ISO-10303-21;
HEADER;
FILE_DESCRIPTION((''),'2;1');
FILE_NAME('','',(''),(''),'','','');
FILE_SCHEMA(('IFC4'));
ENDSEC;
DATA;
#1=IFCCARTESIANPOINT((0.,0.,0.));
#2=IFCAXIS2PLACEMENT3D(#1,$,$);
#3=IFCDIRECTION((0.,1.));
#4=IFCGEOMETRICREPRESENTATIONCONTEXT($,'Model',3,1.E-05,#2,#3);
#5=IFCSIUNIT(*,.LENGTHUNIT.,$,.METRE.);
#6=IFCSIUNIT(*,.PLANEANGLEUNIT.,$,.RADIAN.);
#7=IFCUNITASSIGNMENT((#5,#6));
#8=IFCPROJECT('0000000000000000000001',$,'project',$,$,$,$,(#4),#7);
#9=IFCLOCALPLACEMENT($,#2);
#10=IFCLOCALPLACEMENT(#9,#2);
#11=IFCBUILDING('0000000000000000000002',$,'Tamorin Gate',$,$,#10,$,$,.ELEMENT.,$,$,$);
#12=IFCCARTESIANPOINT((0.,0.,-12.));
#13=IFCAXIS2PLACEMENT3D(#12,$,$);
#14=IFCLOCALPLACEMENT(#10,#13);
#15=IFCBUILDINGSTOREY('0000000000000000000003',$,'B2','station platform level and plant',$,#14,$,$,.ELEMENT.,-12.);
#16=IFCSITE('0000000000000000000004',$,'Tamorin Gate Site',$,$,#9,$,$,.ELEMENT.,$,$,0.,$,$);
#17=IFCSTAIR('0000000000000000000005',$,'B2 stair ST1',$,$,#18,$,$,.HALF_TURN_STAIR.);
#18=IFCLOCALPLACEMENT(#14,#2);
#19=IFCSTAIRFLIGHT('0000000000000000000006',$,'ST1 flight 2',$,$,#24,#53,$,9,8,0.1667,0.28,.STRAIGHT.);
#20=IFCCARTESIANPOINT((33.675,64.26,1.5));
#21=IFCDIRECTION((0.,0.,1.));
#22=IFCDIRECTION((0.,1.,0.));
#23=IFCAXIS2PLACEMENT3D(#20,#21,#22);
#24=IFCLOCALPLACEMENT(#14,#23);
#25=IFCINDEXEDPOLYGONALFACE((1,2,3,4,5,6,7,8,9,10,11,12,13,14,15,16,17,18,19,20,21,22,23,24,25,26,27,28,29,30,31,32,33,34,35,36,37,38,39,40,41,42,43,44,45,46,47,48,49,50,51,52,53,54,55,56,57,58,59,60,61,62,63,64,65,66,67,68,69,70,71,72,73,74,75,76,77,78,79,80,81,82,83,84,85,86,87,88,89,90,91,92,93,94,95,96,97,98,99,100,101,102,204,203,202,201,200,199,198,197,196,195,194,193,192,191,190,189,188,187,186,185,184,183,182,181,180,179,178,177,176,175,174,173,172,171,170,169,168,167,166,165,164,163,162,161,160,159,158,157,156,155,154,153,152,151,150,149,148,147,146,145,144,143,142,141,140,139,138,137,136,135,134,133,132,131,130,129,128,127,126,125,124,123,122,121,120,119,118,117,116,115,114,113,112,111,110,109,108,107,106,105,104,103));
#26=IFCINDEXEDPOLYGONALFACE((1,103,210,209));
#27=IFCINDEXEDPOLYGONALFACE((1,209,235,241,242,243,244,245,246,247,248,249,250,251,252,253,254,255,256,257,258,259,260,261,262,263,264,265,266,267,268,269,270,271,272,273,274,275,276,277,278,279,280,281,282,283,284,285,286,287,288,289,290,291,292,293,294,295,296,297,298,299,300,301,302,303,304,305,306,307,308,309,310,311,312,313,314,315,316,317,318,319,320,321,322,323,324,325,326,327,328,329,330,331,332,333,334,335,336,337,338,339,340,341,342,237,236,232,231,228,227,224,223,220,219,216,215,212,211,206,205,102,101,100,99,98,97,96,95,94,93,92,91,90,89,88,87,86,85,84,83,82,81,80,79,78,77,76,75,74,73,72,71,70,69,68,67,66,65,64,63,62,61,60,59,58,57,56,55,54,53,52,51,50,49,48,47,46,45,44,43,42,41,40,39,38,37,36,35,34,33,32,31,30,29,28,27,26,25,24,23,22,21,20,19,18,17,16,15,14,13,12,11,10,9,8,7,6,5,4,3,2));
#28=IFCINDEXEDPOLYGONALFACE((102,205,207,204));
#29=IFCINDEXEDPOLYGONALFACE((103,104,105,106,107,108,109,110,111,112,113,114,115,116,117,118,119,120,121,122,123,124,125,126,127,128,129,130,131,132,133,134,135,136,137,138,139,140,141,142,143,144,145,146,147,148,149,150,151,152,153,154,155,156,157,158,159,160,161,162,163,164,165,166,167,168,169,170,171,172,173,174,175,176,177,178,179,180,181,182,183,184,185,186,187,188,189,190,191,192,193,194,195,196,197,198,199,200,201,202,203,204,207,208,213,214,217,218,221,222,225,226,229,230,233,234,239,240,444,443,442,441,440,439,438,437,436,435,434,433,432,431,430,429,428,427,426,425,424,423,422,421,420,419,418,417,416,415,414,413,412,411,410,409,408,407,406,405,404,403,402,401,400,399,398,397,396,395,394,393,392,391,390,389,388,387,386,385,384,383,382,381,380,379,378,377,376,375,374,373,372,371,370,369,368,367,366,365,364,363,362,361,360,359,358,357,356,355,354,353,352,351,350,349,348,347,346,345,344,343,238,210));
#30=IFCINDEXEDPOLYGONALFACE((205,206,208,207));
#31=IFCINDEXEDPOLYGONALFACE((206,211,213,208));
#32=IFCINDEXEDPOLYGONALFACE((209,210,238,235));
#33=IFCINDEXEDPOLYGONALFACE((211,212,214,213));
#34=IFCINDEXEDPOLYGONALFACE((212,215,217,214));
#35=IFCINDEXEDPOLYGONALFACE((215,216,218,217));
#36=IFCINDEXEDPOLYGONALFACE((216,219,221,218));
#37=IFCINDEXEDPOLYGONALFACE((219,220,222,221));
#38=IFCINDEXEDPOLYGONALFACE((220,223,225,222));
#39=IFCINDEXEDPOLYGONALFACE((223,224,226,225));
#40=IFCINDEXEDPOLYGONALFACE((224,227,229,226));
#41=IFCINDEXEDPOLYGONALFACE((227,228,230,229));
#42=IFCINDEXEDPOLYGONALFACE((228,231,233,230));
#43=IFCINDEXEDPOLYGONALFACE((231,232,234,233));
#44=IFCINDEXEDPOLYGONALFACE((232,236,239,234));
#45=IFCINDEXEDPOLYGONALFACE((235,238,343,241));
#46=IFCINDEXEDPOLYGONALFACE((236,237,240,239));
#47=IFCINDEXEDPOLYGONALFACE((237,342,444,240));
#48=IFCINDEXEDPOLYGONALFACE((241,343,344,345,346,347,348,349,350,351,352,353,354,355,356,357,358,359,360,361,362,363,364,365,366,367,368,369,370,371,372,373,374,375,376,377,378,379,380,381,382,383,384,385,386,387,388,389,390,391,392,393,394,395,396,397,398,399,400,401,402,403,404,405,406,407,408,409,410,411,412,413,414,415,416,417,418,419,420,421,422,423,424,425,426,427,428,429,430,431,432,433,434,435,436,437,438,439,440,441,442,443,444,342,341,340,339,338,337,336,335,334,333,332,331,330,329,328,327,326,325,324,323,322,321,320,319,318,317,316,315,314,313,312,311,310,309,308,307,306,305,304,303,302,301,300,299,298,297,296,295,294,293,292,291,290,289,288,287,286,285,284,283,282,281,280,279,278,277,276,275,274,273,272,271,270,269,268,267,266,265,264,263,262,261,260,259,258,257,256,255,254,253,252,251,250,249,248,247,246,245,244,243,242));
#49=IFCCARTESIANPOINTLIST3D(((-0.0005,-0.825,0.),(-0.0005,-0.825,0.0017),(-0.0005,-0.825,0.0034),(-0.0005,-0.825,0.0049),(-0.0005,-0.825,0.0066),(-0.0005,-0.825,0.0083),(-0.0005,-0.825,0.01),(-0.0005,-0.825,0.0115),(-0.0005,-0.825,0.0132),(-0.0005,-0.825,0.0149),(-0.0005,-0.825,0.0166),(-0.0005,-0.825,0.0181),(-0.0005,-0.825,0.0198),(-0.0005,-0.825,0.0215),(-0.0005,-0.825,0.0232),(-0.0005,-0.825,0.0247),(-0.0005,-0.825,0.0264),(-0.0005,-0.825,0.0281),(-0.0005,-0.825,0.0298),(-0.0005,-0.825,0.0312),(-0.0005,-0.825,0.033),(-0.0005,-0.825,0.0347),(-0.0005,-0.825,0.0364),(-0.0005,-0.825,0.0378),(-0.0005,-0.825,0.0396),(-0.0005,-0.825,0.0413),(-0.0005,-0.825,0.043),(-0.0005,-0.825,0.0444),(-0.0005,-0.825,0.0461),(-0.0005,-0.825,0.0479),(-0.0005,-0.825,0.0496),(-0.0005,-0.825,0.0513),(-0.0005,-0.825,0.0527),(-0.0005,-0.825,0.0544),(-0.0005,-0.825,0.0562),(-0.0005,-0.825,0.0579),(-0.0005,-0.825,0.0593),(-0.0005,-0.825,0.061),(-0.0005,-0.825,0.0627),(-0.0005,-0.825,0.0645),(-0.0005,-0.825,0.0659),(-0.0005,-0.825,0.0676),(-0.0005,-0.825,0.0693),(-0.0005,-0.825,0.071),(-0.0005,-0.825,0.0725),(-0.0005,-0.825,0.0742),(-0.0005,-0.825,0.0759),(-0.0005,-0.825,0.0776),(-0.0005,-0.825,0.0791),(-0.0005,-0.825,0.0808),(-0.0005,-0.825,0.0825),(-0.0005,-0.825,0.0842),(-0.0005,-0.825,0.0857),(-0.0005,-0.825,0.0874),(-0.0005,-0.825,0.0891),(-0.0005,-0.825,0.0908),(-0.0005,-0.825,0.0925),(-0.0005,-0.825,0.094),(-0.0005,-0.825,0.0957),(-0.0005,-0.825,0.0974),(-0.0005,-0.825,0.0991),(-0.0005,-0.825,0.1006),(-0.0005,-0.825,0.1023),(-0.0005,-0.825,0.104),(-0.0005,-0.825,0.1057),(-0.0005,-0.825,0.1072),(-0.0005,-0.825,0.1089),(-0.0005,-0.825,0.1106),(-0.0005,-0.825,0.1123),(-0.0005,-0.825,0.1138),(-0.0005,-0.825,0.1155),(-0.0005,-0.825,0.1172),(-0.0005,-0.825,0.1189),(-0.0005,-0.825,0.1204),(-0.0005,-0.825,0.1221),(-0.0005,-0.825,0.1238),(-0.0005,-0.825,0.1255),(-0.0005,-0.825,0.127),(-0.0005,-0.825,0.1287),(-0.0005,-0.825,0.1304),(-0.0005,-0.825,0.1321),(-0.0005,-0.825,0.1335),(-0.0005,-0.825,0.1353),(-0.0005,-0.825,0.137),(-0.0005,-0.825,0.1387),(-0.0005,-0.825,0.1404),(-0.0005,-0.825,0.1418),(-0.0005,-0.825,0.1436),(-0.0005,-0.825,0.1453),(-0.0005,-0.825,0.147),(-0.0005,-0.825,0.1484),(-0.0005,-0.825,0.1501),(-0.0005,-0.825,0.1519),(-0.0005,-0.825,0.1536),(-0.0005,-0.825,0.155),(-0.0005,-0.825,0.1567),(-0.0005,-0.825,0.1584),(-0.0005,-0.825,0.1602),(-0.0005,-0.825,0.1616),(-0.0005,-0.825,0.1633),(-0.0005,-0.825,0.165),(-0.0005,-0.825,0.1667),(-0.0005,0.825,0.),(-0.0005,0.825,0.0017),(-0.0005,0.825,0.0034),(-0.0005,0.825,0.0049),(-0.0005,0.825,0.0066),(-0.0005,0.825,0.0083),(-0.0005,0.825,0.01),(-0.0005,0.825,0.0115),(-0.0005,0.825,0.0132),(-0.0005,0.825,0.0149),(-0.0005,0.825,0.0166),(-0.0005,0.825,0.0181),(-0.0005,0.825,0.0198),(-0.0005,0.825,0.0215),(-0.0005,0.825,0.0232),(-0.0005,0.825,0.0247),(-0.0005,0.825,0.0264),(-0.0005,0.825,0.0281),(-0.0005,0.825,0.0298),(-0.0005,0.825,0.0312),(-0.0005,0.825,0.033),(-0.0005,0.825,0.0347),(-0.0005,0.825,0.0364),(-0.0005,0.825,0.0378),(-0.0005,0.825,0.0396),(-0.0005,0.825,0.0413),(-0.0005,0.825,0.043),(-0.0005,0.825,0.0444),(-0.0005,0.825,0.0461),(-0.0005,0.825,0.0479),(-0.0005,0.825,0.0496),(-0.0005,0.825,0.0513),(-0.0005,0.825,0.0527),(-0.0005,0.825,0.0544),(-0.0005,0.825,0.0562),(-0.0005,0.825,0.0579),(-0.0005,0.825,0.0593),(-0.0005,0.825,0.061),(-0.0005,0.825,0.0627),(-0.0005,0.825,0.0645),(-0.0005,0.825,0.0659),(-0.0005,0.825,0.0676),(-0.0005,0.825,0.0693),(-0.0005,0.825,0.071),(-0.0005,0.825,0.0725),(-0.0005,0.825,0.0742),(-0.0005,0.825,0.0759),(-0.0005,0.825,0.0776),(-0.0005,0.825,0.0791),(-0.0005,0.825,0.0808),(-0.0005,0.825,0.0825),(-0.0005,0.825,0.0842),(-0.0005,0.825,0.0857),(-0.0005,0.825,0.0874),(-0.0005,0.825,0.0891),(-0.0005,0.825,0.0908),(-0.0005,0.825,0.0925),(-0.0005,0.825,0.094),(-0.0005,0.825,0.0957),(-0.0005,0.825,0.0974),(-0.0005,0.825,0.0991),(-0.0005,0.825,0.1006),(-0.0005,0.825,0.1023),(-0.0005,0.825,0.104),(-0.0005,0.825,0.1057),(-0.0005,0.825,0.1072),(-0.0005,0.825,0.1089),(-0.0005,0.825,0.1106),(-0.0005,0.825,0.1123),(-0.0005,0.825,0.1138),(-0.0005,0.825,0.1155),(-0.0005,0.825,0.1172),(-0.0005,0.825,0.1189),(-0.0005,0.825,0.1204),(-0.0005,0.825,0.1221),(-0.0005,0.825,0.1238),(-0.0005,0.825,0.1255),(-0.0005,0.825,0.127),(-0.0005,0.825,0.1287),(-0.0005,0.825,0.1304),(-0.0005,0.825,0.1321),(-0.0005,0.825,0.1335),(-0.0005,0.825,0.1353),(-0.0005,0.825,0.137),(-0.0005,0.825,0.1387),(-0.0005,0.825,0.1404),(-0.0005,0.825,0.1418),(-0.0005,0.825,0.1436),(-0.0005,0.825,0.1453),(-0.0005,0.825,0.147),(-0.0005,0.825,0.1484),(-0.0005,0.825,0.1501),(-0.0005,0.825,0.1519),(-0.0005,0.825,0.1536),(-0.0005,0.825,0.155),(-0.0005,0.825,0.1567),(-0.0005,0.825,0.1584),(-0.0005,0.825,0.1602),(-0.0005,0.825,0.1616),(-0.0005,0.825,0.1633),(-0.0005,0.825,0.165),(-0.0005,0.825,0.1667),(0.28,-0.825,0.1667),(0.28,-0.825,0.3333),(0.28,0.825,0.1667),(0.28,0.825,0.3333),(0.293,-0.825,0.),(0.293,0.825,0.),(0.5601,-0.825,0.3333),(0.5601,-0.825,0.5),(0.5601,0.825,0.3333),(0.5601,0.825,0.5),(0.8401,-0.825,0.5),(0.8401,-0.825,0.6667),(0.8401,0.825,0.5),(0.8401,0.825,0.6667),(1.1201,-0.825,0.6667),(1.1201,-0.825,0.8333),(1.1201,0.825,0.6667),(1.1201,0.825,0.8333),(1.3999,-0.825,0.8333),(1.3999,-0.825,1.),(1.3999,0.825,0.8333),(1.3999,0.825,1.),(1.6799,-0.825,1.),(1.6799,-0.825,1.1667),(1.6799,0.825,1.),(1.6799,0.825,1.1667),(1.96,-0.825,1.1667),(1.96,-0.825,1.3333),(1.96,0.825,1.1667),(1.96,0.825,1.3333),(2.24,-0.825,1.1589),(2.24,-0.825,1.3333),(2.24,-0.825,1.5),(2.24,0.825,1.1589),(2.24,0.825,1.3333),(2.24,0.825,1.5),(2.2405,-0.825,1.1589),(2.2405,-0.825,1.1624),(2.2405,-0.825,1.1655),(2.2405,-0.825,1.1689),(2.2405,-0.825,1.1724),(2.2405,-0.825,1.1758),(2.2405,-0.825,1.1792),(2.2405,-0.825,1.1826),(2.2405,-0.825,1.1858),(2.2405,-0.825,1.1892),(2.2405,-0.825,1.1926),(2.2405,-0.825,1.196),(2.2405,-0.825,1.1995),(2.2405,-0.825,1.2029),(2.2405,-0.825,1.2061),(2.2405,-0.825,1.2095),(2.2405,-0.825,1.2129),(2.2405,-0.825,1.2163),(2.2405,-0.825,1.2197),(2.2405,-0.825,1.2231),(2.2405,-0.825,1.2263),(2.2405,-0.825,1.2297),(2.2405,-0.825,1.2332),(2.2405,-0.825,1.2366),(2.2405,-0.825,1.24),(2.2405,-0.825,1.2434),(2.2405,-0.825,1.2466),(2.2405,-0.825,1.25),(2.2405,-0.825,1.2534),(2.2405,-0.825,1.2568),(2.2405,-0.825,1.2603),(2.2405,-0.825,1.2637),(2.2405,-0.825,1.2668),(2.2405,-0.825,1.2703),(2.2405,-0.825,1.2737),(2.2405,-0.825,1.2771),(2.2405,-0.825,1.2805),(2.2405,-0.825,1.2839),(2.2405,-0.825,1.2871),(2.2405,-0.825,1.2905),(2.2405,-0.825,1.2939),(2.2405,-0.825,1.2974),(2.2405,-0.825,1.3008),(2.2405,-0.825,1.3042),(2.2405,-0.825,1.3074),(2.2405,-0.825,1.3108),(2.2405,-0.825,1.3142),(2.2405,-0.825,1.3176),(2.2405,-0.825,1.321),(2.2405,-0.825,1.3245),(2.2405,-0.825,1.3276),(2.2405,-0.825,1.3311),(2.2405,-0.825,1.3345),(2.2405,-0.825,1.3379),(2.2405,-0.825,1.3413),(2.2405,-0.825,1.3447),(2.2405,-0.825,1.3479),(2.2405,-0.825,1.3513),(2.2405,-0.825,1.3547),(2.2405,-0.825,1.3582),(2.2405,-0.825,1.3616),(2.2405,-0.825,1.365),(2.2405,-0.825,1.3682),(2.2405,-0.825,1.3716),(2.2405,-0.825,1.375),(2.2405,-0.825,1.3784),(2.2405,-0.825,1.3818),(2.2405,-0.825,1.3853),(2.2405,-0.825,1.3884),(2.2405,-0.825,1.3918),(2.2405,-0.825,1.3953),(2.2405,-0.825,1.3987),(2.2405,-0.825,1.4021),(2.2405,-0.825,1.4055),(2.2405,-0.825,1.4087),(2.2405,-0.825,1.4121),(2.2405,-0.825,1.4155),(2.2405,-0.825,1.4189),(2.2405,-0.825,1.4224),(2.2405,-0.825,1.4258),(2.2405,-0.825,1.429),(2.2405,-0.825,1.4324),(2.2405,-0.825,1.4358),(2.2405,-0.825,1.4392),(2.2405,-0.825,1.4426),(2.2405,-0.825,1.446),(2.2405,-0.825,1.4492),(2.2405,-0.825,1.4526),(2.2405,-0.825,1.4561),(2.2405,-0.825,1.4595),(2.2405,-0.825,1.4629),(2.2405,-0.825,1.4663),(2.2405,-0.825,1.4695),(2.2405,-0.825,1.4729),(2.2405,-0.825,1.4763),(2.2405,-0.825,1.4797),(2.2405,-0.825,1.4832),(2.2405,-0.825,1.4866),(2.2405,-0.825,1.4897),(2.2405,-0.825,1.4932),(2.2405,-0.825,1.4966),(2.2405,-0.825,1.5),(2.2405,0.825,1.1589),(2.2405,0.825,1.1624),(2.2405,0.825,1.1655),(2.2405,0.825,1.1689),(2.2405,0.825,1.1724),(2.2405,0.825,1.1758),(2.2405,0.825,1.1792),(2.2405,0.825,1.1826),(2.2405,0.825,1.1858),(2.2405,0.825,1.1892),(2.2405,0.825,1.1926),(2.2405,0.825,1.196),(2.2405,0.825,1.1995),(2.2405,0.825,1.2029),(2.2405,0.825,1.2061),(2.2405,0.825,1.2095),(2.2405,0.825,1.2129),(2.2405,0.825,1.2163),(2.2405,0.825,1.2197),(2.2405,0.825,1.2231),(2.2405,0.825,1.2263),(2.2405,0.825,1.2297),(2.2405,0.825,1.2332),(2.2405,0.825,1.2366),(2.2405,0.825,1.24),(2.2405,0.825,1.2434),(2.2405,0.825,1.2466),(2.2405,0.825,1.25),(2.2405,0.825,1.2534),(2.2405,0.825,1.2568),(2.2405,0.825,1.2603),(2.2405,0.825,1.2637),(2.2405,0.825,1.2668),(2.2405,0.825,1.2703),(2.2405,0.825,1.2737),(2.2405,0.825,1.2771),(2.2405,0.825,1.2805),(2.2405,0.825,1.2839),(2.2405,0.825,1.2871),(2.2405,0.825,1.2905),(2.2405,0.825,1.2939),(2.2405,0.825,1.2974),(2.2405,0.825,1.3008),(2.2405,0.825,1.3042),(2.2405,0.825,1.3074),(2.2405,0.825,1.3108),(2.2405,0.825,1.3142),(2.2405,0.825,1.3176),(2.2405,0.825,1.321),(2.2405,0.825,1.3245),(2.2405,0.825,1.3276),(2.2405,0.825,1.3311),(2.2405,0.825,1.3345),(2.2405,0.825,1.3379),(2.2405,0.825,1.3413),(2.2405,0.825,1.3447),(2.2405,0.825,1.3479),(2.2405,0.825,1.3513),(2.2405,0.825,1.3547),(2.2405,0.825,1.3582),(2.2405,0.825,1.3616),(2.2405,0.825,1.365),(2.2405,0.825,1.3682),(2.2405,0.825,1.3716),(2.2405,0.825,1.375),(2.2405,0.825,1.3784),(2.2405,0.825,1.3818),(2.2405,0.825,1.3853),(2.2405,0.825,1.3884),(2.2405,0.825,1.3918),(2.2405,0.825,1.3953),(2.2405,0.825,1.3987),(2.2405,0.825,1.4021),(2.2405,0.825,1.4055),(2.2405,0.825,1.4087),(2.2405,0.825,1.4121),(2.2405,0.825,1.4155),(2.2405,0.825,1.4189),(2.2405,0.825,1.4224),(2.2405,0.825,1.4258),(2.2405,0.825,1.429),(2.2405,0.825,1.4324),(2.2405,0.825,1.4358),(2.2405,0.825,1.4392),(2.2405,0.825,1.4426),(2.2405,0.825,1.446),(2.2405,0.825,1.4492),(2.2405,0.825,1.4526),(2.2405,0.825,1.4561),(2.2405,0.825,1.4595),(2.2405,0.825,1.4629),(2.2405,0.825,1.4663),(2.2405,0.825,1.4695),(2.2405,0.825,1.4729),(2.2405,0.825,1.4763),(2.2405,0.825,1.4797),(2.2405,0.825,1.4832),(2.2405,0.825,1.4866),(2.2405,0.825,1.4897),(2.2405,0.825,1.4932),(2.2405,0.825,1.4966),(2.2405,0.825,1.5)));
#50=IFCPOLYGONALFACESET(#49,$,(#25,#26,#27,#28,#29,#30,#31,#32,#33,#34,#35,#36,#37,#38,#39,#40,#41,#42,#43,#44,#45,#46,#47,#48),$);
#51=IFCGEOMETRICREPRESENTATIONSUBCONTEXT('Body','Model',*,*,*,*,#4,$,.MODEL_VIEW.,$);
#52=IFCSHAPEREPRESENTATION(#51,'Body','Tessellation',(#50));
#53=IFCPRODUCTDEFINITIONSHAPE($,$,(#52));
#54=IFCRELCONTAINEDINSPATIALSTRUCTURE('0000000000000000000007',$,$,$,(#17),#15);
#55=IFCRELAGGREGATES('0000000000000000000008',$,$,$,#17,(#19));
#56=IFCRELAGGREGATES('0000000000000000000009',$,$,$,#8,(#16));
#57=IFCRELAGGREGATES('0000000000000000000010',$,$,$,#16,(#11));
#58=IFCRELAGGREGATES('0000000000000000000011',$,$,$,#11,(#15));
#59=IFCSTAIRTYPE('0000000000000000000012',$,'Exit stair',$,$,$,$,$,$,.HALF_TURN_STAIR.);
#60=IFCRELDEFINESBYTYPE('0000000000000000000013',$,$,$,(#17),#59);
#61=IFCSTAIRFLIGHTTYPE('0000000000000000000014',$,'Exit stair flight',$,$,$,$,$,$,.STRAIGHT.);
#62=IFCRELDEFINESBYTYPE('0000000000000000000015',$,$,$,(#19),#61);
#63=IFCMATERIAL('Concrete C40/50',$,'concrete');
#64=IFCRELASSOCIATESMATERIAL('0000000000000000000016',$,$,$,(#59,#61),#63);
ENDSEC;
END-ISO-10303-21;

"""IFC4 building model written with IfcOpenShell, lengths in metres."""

from ifc_helpers import new_model, si_unit, direction, frame, origin, place, context, subcontext, project, spatial, polyline, outline, extrude, material, type_object, element, aggregate, save


model = new_model("IFC4")

# Units and contexts
model_context = context("Model", 3, precision=1e-05, world=origin(), true_north=direction((0.0, 1.0)))
body_context = subcontext(model_context, "Body", "Model", "MODEL_VIEW")
ifc_project = project(units=[si_unit("LENGTHUNIT", "METRE"), si_unit("PLANEANGLEUNIT", "RADIAN")], contexts=[model_context])

# Site, building, storey
site_placement = place(None, origin())
site = spatial("IfcSite", under=ifc_project, at=site_placement, Name="Tamorin Gate Site", CompositionType="ELEMENT", RefElevation=0.0)
building_placement = place(site_placement, origin())
building = spatial("IfcBuilding", under=site, at=building_placement, Name="Tamorin Gate", CompositionType="ELEMENT")
storey_placement = place(building_placement, frame((0.0, 0.0, -12.0)))
storey = spatial("IfcBuildingStorey", under=building, at=storey_placement, Name="B2", Description="station platform level and plant", CompositionType="ELEMENT", Elevation=-12.0)

# Shared definitions
ifc_material_1 = material(Name="Concrete C40/50", Category="concrete")

# Stair, stair flight
stair_type = type_object("IfcStairType", Name="Exit stair", PredefinedType="HALF_TURN_STAIR", material=ifc_material_1)
stair_placement = place(storey_placement, origin())
stair = element("IfcStair", 1, at=stair_placement, inside=storey, type_object=stair_type, Name="B2 stair ST1", PredefinedType="HALF_TURN_STAIR")
stair_flight_type = type_object("IfcStairFlightType", Name="Exit stair flight", PredefinedType="STRAIGHT", material=ifc_material_1)
stair_flight_1_placement = place(storey_placement, frame((33.675, 64.26, 1.5), z_axis=(0.0, 0.0, 1.0), x_axis=(0.0, 1.0, 0.0)))
stair_flight_1 = element("IfcStairFlight", 2, at=stair_flight_1_placement, type_object=stair_flight_type, Name="ST1 flight 2", NumberOfRisers=9, NumberOfTreads=8, PredefinedType="STRAIGHT", RiserHeight=0.1667, TreadLength=0.28, context=body_context, shape_type="SweptSolid", body=[
    extrude(outline(polyline([(-0.0005, 0.0), (-0.0005, 0.0017), (-0.0005, 0.0034), (-0.0005, 0.0049), (-0.0005, 0.0066), (-0.0005, 0.0083), (-0.0005, 0.01), (-0.0005, 0.0115), (-0.0005, 0.0132), (-0.0005, 0.0149), (-0.0005, 0.0166), (-0.0005, 0.0181), (-0.0005, 0.0198), (-0.0005, 0.0215), (-0.0005, 0.0232), (-0.0005, 0.0247), (-0.0005, 0.0264), (-0.0005, 0.0281), (-0.0005, 0.0298), (-0.0005, 0.0312), (-0.0005, 0.033), (-0.0005, 0.0347), (-0.0005, 0.0364), (-0.0005, 0.0378), (-0.0005, 0.0396), (-0.0005, 0.0413), (-0.0005, 0.043), (-0.0005, 0.0444), (-0.0005, 0.0461), (-0.0005, 0.0479), (-0.0005, 0.0496), (-0.0005, 0.0513), (-0.0005, 0.0527), (-0.0005, 0.0544), (-0.0005, 0.0562), (-0.0005, 0.0579), (-0.0005, 0.0593), (-0.0005, 0.061), (-0.0005, 0.0627), (-0.0005, 0.0645), (-0.0005, 0.0659), (-0.0005, 0.0676), (-0.0005, 0.0693), (-0.0005, 0.071), (-0.0005, 0.0725), (-0.0005, 0.0742), (-0.0005, 0.0759), (-0.0005, 0.0776), (-0.0005, 0.0791), (-0.0005, 0.0808), (-0.0005, 0.0825), (-0.0005, 0.0842), (-0.0005, 0.0857), (-0.0005, 0.0874), (-0.0005, 0.0891), (-0.0005, 0.0908), (-0.0005, 0.0925), (-0.0005, 0.094), (-0.0005, 0.0957), (-0.0005, 0.0974), (-0.0005, 0.0991), (-0.0005, 0.1006), (-0.0005, 0.1023), (-0.0005, 0.104), (-0.0005, 0.1057), (-0.0005, 0.1072), (-0.0005, 0.1089), (-0.0005, 0.1106), (-0.0005, 0.1123), (-0.0005, 0.1138), (-0.0005, 0.1155), (-0.0005, 0.1172), (-0.0005, 0.1189), (-0.0005, 0.1204), (-0.0005, 0.1221), (-0.0005, 0.1238), (-0.0005, 0.1255), (-0.0005, 0.127), (-0.0005, 0.1287), (-0.0005, 0.1304), (-0.0005, 0.1321), (-0.0005, 0.1335), (-0.0005, 0.1353), (-0.0005, 0.137), (-0.0005, 0.1387), (-0.0005, 0.1404), (-0.0005, 0.1418), (-0.0005, 0.1436), (-0.0005, 0.1453), (-0.0005, 0.147), (-0.0005, 0.1484), (-0.0005, 0.1501), (-0.0005, 0.1519), (-0.0005, 0.1536), (-0.0005, 0.155), (-0.0005, 0.1567), (-0.0005, 0.1584), (-0.0005, 0.1602), (-0.0005, 0.1616), (-0.0005, 0.1633), (-0.0005, 0.165), (-0.0005, 0.1667), (0.28, 0.1667), (0.28, 0.3333), (0.5601, 0.3333), (0.5601, 0.5), (0.8401, 0.5), (0.8401, 0.6667), (1.1201, 0.6667), (1.1201, 0.8333), (1.3999, 0.8333), (1.3999, 1.0), (1.6799, 1.0), (1.6799, 1.1667), (1.96, 1.1667), (1.96, 1.3333), (2.24, 1.3333), (2.24, 1.5), (2.2405, 1.5), (2.2405, 1.4966), (2.2405, 1.4932), (2.2405, 1.4897), (2.2405, 1.4866), (2.2405, 1.4832), (2.2405, 1.4797), (2.2405, 1.4763), (2.2405, 1.4729), (2.2405, 1.4695), (2.2405, 1.4663), (2.2405, 1.4629), (2.2405, 1.4595), (2.2405, 1.4561), (2.2405, 1.4526), (2.2405, 1.4492), (2.2405, 1.446), (2.2405, 1.4426), (2.2405, 1.4392), (2.2405, 1.4358), (2.2405, 1.4324), (2.2405, 1.429), (2.2405, 1.4258), (2.2405, 1.4224), (2.2405, 1.4189), (2.2405, 1.4155), (2.2405, 1.4121), (2.2405, 1.4087), (2.2405, 1.4055), (2.2405, 1.4021), (2.2405, 1.3987), (2.2405, 1.3953), (2.2405, 1.3918), (2.2405, 1.3884), (2.2405, 1.3853), (2.2405, 1.3818), (2.2405, 1.3784), (2.2405, 1.375), (2.2405, 1.3716), (2.2405, 1.3682), (2.2405, 1.365), (2.2405, 1.3616), (2.2405, 1.3582), (2.2405, 1.3547), (2.2405, 1.3513), (2.2405, 1.3479), (2.2405, 1.3447), (2.2405, 1.3413), (2.2405, 1.3379), (2.2405, 1.3345), (2.2405, 1.3311), (2.2405, 1.3276), (2.2405, 1.3245), (2.2405, 1.321), (2.2405, 1.3176), (2.2405, 1.3142), (2.2405, 1.3108), (2.2405, 1.3074), (2.2405, 1.3042), (2.2405, 1.3008), (2.2405, 1.2974), (2.2405, 1.2939), (2.2405, 1.2905), (2.2405, 1.2871), (2.2405, 1.2839), (2.2405, 1.2805), (2.2405, 1.2771), (2.2405, 1.2737), (2.2405, 1.2703), (2.2405, 1.2668), (2.2405, 1.2637), (2.2405, 1.2603), (2.2405, 1.2568), (2.2405, 1.2534), (2.2405, 1.25), (2.2405, 1.2466), (2.2405, 1.2434), (2.2405, 1.24), (2.2405, 1.2366), (2.2405, 1.2332), (2.2405, 1.2297), (2.2405, 1.2263), (2.2405, 1.2231), (2.2405, 1.2197), (2.2405, 1.2163), (2.2405, 1.2129), (2.2405, 1.2095), (2.2405, 1.2061), (2.2405, 1.2029), (2.2405, 1.1995), (2.2405, 1.196), (2.2405, 1.1926), (2.2405, 1.1892), (2.2405, 1.1858), (2.2405, 1.1826), (2.2405, 1.1792), (2.2405, 1.1758), (2.2405, 1.1724), (2.2405, 1.1689), (2.2405, 1.1655), (2.2405, 1.1624), (2.2405, 1.1589), (2.24, 1.1589), (0.293, 0.0), (-0.0005, 0.0)])), frame((0.0, 0.825, 0.0), z_axis=(0.0, -1.0, 0.0), x_axis=(1.0, 0.0, 0.0)), (0.0, 0.0, 1.0), 1.6499),
])
aggregate(stair, [stair_flight_1])

save(model, "model.ifc")
